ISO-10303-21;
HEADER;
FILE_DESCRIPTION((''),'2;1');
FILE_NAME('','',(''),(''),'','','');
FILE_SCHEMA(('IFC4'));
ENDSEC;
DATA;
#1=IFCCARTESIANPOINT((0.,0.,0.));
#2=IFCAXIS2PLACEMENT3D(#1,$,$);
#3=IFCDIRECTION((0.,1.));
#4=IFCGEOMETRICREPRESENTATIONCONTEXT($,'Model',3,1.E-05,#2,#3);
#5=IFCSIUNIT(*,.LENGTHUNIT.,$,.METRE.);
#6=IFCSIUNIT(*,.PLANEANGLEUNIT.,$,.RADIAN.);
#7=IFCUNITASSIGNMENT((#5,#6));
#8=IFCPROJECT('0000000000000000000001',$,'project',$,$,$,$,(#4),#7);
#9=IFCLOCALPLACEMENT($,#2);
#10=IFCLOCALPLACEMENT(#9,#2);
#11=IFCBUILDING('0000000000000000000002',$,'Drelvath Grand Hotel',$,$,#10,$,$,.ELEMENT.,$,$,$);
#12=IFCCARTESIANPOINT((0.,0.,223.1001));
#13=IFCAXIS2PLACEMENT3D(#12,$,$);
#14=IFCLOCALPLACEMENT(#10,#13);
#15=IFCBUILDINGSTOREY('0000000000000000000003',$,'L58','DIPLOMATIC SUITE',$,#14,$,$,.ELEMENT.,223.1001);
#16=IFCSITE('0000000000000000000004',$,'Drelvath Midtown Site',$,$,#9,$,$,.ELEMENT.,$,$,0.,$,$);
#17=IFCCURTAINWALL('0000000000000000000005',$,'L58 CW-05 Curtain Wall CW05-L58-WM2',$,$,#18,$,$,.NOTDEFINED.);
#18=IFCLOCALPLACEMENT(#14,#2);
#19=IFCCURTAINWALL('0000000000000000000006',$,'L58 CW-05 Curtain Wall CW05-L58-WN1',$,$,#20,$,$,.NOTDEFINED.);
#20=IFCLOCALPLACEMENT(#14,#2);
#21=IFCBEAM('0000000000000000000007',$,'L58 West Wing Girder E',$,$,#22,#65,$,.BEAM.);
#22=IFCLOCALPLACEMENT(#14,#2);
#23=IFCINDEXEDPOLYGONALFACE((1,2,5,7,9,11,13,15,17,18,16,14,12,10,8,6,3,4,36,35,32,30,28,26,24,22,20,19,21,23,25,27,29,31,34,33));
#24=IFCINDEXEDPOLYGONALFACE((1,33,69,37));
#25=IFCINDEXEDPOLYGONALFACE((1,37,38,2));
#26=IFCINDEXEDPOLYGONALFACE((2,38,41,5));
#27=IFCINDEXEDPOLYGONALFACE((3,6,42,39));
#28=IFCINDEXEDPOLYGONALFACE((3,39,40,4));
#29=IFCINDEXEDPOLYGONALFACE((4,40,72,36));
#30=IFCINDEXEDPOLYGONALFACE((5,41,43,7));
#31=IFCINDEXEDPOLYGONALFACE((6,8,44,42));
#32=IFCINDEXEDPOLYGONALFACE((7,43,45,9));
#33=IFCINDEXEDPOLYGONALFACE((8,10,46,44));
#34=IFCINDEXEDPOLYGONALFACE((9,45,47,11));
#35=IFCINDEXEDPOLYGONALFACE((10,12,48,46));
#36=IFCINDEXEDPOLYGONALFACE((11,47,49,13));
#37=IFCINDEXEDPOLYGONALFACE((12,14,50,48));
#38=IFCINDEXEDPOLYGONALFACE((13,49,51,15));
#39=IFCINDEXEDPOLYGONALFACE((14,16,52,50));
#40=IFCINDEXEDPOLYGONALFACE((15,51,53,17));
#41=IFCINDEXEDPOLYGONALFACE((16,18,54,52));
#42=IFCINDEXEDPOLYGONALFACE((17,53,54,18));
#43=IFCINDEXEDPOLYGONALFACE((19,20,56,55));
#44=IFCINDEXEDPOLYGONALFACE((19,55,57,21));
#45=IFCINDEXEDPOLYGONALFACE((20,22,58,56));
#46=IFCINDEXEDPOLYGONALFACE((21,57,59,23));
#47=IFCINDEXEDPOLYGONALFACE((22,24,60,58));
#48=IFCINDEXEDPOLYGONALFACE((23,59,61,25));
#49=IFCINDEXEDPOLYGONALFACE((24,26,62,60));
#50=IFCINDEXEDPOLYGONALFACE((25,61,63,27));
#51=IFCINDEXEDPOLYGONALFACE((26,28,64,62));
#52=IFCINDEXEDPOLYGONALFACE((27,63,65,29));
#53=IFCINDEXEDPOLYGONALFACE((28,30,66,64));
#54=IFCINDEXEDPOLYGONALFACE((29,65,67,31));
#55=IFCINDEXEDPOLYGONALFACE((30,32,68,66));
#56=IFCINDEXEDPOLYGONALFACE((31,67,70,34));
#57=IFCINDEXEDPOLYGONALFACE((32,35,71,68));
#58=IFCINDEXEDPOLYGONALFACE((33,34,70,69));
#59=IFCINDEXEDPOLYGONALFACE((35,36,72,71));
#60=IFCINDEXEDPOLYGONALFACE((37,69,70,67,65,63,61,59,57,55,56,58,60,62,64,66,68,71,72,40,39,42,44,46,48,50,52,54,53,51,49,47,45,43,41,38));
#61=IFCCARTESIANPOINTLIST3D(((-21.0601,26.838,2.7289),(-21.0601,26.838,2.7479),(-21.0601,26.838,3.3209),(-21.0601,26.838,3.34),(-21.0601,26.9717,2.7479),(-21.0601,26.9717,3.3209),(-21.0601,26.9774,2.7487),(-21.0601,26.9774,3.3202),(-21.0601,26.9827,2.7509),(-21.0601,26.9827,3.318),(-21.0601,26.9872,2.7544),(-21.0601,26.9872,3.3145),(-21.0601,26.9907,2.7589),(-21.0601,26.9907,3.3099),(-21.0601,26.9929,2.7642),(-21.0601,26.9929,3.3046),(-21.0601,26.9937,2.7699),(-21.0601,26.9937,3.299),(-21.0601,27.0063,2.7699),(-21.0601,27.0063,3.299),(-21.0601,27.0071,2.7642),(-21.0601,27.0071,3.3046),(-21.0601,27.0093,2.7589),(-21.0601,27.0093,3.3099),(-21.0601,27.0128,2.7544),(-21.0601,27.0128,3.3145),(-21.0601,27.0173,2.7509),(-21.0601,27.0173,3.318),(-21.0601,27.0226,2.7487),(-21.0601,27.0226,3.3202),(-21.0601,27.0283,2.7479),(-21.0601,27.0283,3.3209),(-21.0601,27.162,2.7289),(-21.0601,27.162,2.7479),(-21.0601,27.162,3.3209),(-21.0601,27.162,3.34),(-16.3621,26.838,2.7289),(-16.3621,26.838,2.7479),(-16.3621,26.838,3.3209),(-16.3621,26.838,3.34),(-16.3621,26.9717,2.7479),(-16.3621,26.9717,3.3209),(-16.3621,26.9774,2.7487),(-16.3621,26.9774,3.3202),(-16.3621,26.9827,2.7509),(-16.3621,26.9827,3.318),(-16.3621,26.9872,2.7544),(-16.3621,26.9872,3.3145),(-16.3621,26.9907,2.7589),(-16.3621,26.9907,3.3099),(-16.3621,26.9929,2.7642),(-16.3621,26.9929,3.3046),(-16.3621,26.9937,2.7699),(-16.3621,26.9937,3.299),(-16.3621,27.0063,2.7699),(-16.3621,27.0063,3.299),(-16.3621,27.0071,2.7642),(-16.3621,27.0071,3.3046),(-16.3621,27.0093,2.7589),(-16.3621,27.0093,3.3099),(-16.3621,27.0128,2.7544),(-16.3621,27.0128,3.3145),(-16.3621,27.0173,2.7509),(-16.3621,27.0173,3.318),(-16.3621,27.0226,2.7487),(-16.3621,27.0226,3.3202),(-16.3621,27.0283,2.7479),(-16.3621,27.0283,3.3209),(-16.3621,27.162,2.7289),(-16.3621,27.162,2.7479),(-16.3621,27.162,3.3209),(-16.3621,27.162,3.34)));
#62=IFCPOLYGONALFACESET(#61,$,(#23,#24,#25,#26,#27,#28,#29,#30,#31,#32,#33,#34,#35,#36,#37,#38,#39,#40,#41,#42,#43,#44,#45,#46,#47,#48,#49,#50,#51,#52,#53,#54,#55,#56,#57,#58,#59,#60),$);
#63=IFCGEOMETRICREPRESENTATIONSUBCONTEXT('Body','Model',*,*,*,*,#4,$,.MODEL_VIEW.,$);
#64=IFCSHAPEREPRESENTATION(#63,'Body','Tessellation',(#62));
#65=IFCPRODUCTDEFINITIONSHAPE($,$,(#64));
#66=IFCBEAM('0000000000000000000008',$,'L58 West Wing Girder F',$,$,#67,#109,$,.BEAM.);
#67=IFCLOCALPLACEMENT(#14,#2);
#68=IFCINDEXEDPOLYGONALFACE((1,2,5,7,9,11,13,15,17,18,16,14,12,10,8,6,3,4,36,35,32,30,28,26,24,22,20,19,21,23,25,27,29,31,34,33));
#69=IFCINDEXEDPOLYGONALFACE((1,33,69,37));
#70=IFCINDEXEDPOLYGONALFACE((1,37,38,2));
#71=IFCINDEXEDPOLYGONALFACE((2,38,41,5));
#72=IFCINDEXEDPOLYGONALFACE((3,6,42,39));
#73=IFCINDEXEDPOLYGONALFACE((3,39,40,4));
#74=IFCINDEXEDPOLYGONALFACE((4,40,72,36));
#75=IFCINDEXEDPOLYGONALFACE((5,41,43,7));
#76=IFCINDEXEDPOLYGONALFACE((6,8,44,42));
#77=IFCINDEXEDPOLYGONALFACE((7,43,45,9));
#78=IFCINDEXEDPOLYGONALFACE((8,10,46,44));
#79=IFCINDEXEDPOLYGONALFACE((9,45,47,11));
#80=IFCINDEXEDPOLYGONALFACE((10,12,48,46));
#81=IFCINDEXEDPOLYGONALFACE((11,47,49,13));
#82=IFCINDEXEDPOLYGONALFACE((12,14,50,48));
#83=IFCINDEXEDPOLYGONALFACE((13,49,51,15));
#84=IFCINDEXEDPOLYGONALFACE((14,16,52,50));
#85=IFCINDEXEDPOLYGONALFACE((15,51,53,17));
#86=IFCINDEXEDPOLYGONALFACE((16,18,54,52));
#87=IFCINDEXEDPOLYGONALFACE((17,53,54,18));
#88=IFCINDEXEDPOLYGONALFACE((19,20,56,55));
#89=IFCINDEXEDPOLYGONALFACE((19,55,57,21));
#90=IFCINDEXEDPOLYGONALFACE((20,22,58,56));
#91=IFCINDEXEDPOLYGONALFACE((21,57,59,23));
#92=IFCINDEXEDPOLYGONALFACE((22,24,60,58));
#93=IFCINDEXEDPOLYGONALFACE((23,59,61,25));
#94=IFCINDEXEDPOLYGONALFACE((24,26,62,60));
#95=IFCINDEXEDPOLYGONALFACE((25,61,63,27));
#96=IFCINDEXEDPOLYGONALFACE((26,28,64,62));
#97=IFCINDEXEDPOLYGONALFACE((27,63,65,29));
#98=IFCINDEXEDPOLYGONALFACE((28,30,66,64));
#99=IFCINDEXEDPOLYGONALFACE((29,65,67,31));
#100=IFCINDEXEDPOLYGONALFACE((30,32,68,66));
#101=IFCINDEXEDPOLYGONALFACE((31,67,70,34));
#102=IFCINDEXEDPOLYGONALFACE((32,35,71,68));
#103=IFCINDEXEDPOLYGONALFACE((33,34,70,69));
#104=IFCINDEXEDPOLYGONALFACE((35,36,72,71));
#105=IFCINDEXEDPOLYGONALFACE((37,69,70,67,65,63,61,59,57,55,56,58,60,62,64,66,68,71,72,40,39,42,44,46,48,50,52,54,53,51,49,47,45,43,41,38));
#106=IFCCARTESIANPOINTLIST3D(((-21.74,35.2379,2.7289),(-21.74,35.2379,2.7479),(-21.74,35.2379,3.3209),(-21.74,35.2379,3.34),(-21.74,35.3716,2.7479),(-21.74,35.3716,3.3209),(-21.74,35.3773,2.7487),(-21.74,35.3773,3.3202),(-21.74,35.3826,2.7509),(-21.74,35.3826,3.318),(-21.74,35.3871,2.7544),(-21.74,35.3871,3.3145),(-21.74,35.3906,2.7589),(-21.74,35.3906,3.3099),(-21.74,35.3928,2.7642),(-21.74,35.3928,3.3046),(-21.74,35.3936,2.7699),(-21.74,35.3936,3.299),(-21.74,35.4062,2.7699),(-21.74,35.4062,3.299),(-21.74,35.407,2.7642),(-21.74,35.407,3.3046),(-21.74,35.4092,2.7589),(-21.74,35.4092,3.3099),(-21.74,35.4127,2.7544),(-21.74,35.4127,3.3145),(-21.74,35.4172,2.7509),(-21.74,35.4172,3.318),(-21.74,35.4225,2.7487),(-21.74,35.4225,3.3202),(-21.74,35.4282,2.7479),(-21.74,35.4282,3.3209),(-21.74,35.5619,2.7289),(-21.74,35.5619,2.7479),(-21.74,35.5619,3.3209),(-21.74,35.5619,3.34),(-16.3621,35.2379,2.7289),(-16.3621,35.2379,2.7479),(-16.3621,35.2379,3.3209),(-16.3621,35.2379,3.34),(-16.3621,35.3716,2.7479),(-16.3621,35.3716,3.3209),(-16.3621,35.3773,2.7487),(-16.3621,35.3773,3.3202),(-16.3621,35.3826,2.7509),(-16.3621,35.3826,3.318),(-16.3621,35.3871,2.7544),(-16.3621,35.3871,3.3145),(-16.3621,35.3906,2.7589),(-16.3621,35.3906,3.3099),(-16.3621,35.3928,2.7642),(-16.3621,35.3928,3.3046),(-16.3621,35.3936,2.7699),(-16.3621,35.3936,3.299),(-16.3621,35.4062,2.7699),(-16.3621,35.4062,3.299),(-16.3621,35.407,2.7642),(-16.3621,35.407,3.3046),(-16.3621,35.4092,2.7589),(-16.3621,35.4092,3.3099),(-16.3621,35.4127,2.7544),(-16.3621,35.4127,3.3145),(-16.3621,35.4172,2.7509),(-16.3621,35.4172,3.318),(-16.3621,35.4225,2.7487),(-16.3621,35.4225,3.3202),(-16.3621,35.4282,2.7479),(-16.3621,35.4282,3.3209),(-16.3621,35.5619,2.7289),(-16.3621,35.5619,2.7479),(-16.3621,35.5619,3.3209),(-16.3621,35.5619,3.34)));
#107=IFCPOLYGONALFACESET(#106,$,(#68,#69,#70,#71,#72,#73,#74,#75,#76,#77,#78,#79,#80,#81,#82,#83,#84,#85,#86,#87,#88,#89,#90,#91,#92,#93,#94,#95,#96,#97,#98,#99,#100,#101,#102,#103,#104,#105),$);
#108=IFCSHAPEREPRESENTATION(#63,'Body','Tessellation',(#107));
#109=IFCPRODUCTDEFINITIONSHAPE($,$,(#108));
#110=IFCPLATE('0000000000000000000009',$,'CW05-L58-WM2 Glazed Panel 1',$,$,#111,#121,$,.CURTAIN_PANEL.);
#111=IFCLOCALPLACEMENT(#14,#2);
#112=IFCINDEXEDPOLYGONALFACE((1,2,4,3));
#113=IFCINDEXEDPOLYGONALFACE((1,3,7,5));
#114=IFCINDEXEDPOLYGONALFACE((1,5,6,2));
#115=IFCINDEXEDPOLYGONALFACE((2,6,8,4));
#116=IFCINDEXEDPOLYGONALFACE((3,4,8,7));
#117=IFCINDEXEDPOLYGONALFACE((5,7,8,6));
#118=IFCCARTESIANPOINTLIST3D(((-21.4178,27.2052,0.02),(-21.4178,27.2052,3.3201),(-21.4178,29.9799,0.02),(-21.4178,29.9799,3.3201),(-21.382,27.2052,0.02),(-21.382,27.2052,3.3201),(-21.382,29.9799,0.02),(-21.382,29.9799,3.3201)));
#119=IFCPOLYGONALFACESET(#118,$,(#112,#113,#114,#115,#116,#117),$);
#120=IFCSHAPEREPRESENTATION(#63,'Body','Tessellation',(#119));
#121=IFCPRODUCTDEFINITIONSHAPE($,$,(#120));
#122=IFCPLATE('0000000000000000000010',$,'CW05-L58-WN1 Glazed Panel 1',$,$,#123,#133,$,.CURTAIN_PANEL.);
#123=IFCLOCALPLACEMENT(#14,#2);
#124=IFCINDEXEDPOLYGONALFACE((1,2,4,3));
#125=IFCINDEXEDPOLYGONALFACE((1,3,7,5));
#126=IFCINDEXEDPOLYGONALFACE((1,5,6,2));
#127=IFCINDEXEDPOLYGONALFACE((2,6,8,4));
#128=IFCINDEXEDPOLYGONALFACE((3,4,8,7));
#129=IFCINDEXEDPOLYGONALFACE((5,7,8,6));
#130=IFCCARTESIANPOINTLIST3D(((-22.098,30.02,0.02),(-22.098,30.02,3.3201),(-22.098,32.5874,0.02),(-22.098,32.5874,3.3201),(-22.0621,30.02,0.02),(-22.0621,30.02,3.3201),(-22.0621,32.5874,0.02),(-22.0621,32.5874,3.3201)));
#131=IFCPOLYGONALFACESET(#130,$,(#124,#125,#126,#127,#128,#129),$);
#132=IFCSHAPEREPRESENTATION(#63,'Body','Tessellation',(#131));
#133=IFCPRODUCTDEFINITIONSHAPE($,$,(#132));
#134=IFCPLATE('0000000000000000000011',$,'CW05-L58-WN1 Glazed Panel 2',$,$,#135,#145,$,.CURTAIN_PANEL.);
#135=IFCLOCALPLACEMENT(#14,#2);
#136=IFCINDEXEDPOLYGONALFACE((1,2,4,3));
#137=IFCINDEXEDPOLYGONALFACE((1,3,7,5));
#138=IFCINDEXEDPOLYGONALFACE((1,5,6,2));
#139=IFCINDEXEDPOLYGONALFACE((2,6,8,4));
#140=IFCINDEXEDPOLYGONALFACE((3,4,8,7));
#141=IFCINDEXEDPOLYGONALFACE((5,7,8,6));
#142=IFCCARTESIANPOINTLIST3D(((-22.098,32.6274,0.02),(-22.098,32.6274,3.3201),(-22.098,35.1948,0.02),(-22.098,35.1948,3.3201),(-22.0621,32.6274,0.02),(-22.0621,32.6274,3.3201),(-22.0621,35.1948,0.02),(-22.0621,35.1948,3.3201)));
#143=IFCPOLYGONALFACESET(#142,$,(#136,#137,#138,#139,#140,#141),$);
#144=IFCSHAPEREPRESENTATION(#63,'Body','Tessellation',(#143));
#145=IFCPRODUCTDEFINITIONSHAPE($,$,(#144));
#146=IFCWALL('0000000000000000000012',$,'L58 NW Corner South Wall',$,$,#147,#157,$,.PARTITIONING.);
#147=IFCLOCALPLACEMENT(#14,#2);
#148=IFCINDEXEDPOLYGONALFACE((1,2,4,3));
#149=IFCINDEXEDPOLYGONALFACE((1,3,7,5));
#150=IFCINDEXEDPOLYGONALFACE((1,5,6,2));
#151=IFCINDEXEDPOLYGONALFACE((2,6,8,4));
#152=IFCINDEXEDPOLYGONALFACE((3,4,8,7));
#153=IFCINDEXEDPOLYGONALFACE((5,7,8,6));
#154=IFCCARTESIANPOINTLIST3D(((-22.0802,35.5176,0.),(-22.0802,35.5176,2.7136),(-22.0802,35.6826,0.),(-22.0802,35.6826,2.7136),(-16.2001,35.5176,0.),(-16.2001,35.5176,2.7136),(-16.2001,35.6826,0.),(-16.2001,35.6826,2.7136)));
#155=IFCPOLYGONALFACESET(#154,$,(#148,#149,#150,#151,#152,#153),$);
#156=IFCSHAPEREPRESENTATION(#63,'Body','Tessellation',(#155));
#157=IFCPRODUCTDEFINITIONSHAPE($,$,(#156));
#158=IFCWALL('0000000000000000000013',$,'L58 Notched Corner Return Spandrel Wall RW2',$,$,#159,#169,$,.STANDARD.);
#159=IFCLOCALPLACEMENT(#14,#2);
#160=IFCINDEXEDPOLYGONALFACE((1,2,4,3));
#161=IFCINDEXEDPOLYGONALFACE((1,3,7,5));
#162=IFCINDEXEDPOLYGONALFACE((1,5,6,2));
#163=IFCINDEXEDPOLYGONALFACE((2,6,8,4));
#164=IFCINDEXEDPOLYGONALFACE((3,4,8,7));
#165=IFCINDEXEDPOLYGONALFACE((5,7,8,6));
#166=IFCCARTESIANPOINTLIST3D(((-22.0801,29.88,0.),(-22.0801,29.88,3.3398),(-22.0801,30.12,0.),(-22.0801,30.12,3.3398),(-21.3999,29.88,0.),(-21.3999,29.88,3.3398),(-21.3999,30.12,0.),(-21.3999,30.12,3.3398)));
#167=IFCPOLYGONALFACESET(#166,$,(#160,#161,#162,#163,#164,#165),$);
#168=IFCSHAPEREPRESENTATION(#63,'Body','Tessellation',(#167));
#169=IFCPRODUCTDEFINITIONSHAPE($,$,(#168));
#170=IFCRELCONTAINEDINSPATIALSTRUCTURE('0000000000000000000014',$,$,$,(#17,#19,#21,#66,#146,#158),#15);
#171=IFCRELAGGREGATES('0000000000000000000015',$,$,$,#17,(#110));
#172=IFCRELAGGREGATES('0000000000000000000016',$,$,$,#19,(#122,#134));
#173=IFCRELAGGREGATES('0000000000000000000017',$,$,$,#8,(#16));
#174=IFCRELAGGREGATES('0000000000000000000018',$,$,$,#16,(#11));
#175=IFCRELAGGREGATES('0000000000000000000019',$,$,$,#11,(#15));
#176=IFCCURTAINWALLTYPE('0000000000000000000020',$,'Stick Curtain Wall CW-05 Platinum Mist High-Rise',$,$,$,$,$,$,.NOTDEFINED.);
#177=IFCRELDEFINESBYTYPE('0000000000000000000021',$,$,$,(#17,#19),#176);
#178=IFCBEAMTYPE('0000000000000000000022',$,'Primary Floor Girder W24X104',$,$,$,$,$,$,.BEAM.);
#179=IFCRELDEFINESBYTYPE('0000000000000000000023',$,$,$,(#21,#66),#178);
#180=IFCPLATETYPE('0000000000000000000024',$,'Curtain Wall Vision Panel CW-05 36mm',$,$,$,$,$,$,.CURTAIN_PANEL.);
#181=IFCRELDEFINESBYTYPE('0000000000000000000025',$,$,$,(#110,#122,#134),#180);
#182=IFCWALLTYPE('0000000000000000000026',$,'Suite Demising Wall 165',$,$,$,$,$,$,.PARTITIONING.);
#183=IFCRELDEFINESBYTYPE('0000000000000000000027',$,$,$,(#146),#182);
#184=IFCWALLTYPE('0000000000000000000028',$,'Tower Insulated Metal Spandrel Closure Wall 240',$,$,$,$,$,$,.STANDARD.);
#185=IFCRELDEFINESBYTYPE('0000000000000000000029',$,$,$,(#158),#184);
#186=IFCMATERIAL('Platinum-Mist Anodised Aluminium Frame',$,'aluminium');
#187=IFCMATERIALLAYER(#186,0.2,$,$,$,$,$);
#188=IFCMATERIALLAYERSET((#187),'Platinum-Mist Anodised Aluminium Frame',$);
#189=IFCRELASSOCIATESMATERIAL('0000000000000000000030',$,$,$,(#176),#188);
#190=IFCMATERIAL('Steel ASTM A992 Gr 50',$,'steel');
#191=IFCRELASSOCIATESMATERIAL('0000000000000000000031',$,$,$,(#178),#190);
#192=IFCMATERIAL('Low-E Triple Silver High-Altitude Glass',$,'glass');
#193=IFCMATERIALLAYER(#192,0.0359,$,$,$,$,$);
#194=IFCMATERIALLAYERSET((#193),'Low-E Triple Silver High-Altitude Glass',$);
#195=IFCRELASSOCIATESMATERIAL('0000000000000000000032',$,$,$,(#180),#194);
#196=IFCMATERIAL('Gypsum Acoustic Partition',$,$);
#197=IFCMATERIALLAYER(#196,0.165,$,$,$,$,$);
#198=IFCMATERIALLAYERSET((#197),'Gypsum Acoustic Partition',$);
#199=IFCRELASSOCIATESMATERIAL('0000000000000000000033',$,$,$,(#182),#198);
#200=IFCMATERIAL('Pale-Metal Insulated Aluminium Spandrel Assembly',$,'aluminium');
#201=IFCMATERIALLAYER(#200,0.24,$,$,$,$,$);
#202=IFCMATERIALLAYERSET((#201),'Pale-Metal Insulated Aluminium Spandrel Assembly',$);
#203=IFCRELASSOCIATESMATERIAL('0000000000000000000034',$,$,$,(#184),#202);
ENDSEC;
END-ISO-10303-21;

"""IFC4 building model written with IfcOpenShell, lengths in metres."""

from ifc_helpers import new_model, si_unit, direction, frame, frame_2d, origin, origin_2d, place, context, subcontext, project, spatial, rectangle, i_section, extrude, material, layer, layer_set, material_profile, profile_set, type_object, element, aggregate, save


model = new_model("IFC4")

# Units and contexts
model_context = context("Model", 3, precision=1e-05, world=origin(), true_north=direction((0.0, 1.0)))
body_context = subcontext(model_context, "Body", "Model", "MODEL_VIEW")
ifc_project = project(units=[si_unit("LENGTHUNIT", "METRE"), si_unit("PLANEANGLEUNIT", "RADIAN")], contexts=[model_context])

# Site, building, storey
site_placement = place(None, origin())
site = spatial("IfcSite", under=ifc_project, at=site_placement, Name="Drelvath Midtown Site", CompositionType="ELEMENT", RefElevation=0.0)
building_placement = place(site_placement, origin())
building = spatial("IfcBuilding", under=site, at=building_placement, Name="Drelvath Grand Hotel", CompositionType="ELEMENT")
storey_placement = place(building_placement, frame((0.0, 0.0, 223.1001)))
storey = spatial("IfcBuildingStorey", under=building, at=storey_placement, Name="L58", Description="DIPLOMATIC SUITE", CompositionType="ELEMENT", Elevation=223.1001)

# Curtain walls
ifc_material_1 = material(Name="Platinum-Mist Anodised Aluminium Frame", Category="aluminium")
ifc_layer_1 = layer(ifc_material_1, 0.2)
ifc_layer_set_1 = layer_set([ifc_layer_1], Name="Platinum-Mist Anodised Aluminium Frame")
curtain_wall_type = type_object("IfcCurtainWallType", Name="Stick Curtain Wall CW-05 Platinum Mist High-Rise", PredefinedType="NOTDEFINED", material=ifc_layer_set_1)
curtain_wall_1_placement = place(storey_placement, origin())
curtain_wall_1 = element("IfcCurtainWall", 1, at=curtain_wall_1_placement, inside=storey, type_object=curtain_wall_type, Name="L58 CW-05 Curtain Wall CW05-L58-WM2", PredefinedType="NOTDEFINED")
curtain_wall_2_placement = place(storey_placement, origin())
curtain_wall_2 = element("IfcCurtainWall", 2, at=curtain_wall_2_placement, inside=storey, type_object=curtain_wall_type, Name="L58 CW-05 Curtain Wall CW05-L58-WN1", PredefinedType="NOTDEFINED")

# Beams
ifc_material_2 = material(Name="Steel ASTM A992 Gr 50", Category="steel")
ifc_material_profile_1 = material_profile(ifc_material_2, i_section(OverallWidth=0.324, OverallDepth=0.6111, WebThickness=0.0127, FlangeThickness=0.019, FilletRadius=0.022, at=origin_2d()), Name="W24X104")
ifc_profile_set_1 = profile_set([ifc_material_profile_1], Name="Steel ASTM A992 Gr 50")
beam_type_1 = type_object("IfcBeamType", Name="Primary Floor Girder W24X104", PredefinedType="BEAM", material=ifc_profile_set_1)
beam_1_placement = place(storey_placement, frame((-21.0601, 27.0, 3.0344), z_axis=(1.0, 0.0, 0.0), x_axis=(0.0, 1.0, 0.0)))
element("IfcBeam", 3, at=beam_1_placement, inside=storey, type_object=beam_type_1, Name="L58 West Wing Girder E", PredefinedType="BEAM", context=body_context, shape_type="SweptSolid", body=[
    extrude(i_section(OverallWidth=0.324, OverallDepth=0.6111, WebThickness=0.0127, FlangeThickness=0.019, FilletRadius=0.022, at=origin_2d()), origin(), (0.0, 0.0, 1.0), 4.698),
])
beam_2_placement = place(storey_placement, frame((-21.74, 35.3999, 3.0344), z_axis=(1.0, 0.0, 0.0), x_axis=(0.0, 1.0, 0.0)))
element("IfcBeam", 4, at=beam_2_placement, inside=storey, type_object=beam_type_1, Name="L58 West Wing Girder F", PredefinedType="BEAM", context=body_context, shape_type="SweptSolid", body=[
    extrude(i_section(OverallWidth=0.324, OverallDepth=0.6111, WebThickness=0.0127, FlangeThickness=0.019, FilletRadius=0.022, at=origin_2d()), origin(), (0.0, 0.0, 1.0), 5.3779),
])

# Plates
ifc_material_3 = material(Name="Low-E Triple Silver High-Altitude Glass", Category="glass")
ifc_layer_2 = layer(ifc_material_3, 0.0359)
ifc_layer_set_2 = layer_set([ifc_layer_2], Name="Low-E Triple Silver High-Altitude Glass")
plate_type = type_object("IfcPlateType", Name="Curtain Wall Vision Panel CW-05 36mm", PredefinedType="CURTAIN_PANEL", material=ifc_layer_set_2)
plate_1_placement = place(storey_placement, frame((-21.3999, 28.5925, 0.02), z_axis=(0.0, 0.0, 1.0), x_axis=(0.0, 1.0, 0.0)))
plate_1 = element("IfcPlate", 5, at=plate_1_placement, type_object=plate_type, Name="CW05-L58-WM2 Glazed Panel 1", PredefinedType="CURTAIN_PANEL", context=body_context, shape_type="SweptSolid", body=[
    extrude(rectangle(XDim=2.7747, YDim=0.0359, at=origin_2d()), origin(), (0.0, 0.0, 1.0), 3.3),
])
aggregate(curtain_wall_1, [plate_1])
plate_2_placement = place(storey_placement, frame((-22.0801, 31.3037, 0.02), z_axis=(0.0, 0.0, 1.0), x_axis=(0.0, 1.0, 0.0)))
plate_2 = element("IfcPlate", 6, at=plate_2_placement, type_object=plate_type, Name="CW05-L58-WN1 Glazed Panel 1", PredefinedType="CURTAIN_PANEL", context=body_context, shape_type="SweptSolid", body=[
    extrude(rectangle(XDim=2.5674, YDim=0.0359, at=origin_2d()), origin(), (0.0, 0.0, 1.0), 3.3),
])
plate_3_placement = place(storey_placement, frame((-22.0801, 33.9111, 0.02), z_axis=(0.0, 0.0, 1.0), x_axis=(0.0, 1.0, 0.0)))
plate_3 = element("IfcPlate", 7, at=plate_3_placement, type_object=plate_type, Name="CW05-L58-WN1 Glazed Panel 2", PredefinedType="CURTAIN_PANEL", context=body_context, shape_type="SweptSolid", body=[
    extrude(rectangle(XDim=2.5674, YDim=0.0359, at=origin_2d()), origin(), (0.0, 0.0, 1.0), 3.3),
])
aggregate(curtain_wall_2, [plate_2, plate_3])

# Walls
ifc_material_4 = material(Name="Gypsum Acoustic Partition")
ifc_layer_3 = layer(ifc_material_4, 0.165)
ifc_layer_set_3 = layer_set([ifc_layer_3], Name="Gypsum Acoustic Partition")
wall_type_1 = type_object("IfcWallType", Name="Suite Demising Wall 165", PredefinedType="PARTITIONING", material=ifc_layer_set_3)
wall_1_placement = place(storey_placement, frame((-22.0801, 35.6001, 0.0), z_axis=(0.0, 0.0, 1.0), x_axis=(1.0, 0.0, 0.0)))
element("IfcWall", 8, at=wall_1_placement, inside=storey, type_object=wall_type_1, Name="L58 NW Corner South Wall", PredefinedType="PARTITIONING", context=body_context, shape_type="SweptSolid", body=[
    extrude(rectangle(XDim=5.8801, YDim=0.165, at=frame_2d((2.9399, 0.0))), origin(), (0.0, 0.0, 1.0), 2.7136),
])
ifc_material_5 = material(Name="Pale-Metal Insulated Aluminium Spandrel Assembly", Category="aluminium")
ifc_layer_4 = layer(ifc_material_5, 0.24)
ifc_layer_set_4 = layer_set([ifc_layer_4], Name="Pale-Metal Insulated Aluminium Spandrel Assembly")
wall_type_2 = type_object("IfcWallType", Name="Tower Insulated Metal Spandrel Closure Wall 240", PredefinedType="STANDARD", material=ifc_layer_set_4)
wall_2_placement = place(storey_placement, frame((-21.3999, 30.0, 0.0), z_axis=(0.0, 0.0, 1.0), x_axis=(-1.0, 0.0, 0.0)))
element("IfcWall", 9, at=wall_2_placement, inside=storey, type_object=wall_type_2, Name="L58 Notched Corner Return Spandrel Wall RW2", PredefinedType="STANDARD", context=body_context, shape_type="SweptSolid", body=[
    extrude(rectangle(XDim=0.6802, YDim=0.24, at=frame_2d((0.3401, 0.0))), origin(), (0.0, 0.0, 1.0), 3.3398),
])

save(model, "model.ifc")
